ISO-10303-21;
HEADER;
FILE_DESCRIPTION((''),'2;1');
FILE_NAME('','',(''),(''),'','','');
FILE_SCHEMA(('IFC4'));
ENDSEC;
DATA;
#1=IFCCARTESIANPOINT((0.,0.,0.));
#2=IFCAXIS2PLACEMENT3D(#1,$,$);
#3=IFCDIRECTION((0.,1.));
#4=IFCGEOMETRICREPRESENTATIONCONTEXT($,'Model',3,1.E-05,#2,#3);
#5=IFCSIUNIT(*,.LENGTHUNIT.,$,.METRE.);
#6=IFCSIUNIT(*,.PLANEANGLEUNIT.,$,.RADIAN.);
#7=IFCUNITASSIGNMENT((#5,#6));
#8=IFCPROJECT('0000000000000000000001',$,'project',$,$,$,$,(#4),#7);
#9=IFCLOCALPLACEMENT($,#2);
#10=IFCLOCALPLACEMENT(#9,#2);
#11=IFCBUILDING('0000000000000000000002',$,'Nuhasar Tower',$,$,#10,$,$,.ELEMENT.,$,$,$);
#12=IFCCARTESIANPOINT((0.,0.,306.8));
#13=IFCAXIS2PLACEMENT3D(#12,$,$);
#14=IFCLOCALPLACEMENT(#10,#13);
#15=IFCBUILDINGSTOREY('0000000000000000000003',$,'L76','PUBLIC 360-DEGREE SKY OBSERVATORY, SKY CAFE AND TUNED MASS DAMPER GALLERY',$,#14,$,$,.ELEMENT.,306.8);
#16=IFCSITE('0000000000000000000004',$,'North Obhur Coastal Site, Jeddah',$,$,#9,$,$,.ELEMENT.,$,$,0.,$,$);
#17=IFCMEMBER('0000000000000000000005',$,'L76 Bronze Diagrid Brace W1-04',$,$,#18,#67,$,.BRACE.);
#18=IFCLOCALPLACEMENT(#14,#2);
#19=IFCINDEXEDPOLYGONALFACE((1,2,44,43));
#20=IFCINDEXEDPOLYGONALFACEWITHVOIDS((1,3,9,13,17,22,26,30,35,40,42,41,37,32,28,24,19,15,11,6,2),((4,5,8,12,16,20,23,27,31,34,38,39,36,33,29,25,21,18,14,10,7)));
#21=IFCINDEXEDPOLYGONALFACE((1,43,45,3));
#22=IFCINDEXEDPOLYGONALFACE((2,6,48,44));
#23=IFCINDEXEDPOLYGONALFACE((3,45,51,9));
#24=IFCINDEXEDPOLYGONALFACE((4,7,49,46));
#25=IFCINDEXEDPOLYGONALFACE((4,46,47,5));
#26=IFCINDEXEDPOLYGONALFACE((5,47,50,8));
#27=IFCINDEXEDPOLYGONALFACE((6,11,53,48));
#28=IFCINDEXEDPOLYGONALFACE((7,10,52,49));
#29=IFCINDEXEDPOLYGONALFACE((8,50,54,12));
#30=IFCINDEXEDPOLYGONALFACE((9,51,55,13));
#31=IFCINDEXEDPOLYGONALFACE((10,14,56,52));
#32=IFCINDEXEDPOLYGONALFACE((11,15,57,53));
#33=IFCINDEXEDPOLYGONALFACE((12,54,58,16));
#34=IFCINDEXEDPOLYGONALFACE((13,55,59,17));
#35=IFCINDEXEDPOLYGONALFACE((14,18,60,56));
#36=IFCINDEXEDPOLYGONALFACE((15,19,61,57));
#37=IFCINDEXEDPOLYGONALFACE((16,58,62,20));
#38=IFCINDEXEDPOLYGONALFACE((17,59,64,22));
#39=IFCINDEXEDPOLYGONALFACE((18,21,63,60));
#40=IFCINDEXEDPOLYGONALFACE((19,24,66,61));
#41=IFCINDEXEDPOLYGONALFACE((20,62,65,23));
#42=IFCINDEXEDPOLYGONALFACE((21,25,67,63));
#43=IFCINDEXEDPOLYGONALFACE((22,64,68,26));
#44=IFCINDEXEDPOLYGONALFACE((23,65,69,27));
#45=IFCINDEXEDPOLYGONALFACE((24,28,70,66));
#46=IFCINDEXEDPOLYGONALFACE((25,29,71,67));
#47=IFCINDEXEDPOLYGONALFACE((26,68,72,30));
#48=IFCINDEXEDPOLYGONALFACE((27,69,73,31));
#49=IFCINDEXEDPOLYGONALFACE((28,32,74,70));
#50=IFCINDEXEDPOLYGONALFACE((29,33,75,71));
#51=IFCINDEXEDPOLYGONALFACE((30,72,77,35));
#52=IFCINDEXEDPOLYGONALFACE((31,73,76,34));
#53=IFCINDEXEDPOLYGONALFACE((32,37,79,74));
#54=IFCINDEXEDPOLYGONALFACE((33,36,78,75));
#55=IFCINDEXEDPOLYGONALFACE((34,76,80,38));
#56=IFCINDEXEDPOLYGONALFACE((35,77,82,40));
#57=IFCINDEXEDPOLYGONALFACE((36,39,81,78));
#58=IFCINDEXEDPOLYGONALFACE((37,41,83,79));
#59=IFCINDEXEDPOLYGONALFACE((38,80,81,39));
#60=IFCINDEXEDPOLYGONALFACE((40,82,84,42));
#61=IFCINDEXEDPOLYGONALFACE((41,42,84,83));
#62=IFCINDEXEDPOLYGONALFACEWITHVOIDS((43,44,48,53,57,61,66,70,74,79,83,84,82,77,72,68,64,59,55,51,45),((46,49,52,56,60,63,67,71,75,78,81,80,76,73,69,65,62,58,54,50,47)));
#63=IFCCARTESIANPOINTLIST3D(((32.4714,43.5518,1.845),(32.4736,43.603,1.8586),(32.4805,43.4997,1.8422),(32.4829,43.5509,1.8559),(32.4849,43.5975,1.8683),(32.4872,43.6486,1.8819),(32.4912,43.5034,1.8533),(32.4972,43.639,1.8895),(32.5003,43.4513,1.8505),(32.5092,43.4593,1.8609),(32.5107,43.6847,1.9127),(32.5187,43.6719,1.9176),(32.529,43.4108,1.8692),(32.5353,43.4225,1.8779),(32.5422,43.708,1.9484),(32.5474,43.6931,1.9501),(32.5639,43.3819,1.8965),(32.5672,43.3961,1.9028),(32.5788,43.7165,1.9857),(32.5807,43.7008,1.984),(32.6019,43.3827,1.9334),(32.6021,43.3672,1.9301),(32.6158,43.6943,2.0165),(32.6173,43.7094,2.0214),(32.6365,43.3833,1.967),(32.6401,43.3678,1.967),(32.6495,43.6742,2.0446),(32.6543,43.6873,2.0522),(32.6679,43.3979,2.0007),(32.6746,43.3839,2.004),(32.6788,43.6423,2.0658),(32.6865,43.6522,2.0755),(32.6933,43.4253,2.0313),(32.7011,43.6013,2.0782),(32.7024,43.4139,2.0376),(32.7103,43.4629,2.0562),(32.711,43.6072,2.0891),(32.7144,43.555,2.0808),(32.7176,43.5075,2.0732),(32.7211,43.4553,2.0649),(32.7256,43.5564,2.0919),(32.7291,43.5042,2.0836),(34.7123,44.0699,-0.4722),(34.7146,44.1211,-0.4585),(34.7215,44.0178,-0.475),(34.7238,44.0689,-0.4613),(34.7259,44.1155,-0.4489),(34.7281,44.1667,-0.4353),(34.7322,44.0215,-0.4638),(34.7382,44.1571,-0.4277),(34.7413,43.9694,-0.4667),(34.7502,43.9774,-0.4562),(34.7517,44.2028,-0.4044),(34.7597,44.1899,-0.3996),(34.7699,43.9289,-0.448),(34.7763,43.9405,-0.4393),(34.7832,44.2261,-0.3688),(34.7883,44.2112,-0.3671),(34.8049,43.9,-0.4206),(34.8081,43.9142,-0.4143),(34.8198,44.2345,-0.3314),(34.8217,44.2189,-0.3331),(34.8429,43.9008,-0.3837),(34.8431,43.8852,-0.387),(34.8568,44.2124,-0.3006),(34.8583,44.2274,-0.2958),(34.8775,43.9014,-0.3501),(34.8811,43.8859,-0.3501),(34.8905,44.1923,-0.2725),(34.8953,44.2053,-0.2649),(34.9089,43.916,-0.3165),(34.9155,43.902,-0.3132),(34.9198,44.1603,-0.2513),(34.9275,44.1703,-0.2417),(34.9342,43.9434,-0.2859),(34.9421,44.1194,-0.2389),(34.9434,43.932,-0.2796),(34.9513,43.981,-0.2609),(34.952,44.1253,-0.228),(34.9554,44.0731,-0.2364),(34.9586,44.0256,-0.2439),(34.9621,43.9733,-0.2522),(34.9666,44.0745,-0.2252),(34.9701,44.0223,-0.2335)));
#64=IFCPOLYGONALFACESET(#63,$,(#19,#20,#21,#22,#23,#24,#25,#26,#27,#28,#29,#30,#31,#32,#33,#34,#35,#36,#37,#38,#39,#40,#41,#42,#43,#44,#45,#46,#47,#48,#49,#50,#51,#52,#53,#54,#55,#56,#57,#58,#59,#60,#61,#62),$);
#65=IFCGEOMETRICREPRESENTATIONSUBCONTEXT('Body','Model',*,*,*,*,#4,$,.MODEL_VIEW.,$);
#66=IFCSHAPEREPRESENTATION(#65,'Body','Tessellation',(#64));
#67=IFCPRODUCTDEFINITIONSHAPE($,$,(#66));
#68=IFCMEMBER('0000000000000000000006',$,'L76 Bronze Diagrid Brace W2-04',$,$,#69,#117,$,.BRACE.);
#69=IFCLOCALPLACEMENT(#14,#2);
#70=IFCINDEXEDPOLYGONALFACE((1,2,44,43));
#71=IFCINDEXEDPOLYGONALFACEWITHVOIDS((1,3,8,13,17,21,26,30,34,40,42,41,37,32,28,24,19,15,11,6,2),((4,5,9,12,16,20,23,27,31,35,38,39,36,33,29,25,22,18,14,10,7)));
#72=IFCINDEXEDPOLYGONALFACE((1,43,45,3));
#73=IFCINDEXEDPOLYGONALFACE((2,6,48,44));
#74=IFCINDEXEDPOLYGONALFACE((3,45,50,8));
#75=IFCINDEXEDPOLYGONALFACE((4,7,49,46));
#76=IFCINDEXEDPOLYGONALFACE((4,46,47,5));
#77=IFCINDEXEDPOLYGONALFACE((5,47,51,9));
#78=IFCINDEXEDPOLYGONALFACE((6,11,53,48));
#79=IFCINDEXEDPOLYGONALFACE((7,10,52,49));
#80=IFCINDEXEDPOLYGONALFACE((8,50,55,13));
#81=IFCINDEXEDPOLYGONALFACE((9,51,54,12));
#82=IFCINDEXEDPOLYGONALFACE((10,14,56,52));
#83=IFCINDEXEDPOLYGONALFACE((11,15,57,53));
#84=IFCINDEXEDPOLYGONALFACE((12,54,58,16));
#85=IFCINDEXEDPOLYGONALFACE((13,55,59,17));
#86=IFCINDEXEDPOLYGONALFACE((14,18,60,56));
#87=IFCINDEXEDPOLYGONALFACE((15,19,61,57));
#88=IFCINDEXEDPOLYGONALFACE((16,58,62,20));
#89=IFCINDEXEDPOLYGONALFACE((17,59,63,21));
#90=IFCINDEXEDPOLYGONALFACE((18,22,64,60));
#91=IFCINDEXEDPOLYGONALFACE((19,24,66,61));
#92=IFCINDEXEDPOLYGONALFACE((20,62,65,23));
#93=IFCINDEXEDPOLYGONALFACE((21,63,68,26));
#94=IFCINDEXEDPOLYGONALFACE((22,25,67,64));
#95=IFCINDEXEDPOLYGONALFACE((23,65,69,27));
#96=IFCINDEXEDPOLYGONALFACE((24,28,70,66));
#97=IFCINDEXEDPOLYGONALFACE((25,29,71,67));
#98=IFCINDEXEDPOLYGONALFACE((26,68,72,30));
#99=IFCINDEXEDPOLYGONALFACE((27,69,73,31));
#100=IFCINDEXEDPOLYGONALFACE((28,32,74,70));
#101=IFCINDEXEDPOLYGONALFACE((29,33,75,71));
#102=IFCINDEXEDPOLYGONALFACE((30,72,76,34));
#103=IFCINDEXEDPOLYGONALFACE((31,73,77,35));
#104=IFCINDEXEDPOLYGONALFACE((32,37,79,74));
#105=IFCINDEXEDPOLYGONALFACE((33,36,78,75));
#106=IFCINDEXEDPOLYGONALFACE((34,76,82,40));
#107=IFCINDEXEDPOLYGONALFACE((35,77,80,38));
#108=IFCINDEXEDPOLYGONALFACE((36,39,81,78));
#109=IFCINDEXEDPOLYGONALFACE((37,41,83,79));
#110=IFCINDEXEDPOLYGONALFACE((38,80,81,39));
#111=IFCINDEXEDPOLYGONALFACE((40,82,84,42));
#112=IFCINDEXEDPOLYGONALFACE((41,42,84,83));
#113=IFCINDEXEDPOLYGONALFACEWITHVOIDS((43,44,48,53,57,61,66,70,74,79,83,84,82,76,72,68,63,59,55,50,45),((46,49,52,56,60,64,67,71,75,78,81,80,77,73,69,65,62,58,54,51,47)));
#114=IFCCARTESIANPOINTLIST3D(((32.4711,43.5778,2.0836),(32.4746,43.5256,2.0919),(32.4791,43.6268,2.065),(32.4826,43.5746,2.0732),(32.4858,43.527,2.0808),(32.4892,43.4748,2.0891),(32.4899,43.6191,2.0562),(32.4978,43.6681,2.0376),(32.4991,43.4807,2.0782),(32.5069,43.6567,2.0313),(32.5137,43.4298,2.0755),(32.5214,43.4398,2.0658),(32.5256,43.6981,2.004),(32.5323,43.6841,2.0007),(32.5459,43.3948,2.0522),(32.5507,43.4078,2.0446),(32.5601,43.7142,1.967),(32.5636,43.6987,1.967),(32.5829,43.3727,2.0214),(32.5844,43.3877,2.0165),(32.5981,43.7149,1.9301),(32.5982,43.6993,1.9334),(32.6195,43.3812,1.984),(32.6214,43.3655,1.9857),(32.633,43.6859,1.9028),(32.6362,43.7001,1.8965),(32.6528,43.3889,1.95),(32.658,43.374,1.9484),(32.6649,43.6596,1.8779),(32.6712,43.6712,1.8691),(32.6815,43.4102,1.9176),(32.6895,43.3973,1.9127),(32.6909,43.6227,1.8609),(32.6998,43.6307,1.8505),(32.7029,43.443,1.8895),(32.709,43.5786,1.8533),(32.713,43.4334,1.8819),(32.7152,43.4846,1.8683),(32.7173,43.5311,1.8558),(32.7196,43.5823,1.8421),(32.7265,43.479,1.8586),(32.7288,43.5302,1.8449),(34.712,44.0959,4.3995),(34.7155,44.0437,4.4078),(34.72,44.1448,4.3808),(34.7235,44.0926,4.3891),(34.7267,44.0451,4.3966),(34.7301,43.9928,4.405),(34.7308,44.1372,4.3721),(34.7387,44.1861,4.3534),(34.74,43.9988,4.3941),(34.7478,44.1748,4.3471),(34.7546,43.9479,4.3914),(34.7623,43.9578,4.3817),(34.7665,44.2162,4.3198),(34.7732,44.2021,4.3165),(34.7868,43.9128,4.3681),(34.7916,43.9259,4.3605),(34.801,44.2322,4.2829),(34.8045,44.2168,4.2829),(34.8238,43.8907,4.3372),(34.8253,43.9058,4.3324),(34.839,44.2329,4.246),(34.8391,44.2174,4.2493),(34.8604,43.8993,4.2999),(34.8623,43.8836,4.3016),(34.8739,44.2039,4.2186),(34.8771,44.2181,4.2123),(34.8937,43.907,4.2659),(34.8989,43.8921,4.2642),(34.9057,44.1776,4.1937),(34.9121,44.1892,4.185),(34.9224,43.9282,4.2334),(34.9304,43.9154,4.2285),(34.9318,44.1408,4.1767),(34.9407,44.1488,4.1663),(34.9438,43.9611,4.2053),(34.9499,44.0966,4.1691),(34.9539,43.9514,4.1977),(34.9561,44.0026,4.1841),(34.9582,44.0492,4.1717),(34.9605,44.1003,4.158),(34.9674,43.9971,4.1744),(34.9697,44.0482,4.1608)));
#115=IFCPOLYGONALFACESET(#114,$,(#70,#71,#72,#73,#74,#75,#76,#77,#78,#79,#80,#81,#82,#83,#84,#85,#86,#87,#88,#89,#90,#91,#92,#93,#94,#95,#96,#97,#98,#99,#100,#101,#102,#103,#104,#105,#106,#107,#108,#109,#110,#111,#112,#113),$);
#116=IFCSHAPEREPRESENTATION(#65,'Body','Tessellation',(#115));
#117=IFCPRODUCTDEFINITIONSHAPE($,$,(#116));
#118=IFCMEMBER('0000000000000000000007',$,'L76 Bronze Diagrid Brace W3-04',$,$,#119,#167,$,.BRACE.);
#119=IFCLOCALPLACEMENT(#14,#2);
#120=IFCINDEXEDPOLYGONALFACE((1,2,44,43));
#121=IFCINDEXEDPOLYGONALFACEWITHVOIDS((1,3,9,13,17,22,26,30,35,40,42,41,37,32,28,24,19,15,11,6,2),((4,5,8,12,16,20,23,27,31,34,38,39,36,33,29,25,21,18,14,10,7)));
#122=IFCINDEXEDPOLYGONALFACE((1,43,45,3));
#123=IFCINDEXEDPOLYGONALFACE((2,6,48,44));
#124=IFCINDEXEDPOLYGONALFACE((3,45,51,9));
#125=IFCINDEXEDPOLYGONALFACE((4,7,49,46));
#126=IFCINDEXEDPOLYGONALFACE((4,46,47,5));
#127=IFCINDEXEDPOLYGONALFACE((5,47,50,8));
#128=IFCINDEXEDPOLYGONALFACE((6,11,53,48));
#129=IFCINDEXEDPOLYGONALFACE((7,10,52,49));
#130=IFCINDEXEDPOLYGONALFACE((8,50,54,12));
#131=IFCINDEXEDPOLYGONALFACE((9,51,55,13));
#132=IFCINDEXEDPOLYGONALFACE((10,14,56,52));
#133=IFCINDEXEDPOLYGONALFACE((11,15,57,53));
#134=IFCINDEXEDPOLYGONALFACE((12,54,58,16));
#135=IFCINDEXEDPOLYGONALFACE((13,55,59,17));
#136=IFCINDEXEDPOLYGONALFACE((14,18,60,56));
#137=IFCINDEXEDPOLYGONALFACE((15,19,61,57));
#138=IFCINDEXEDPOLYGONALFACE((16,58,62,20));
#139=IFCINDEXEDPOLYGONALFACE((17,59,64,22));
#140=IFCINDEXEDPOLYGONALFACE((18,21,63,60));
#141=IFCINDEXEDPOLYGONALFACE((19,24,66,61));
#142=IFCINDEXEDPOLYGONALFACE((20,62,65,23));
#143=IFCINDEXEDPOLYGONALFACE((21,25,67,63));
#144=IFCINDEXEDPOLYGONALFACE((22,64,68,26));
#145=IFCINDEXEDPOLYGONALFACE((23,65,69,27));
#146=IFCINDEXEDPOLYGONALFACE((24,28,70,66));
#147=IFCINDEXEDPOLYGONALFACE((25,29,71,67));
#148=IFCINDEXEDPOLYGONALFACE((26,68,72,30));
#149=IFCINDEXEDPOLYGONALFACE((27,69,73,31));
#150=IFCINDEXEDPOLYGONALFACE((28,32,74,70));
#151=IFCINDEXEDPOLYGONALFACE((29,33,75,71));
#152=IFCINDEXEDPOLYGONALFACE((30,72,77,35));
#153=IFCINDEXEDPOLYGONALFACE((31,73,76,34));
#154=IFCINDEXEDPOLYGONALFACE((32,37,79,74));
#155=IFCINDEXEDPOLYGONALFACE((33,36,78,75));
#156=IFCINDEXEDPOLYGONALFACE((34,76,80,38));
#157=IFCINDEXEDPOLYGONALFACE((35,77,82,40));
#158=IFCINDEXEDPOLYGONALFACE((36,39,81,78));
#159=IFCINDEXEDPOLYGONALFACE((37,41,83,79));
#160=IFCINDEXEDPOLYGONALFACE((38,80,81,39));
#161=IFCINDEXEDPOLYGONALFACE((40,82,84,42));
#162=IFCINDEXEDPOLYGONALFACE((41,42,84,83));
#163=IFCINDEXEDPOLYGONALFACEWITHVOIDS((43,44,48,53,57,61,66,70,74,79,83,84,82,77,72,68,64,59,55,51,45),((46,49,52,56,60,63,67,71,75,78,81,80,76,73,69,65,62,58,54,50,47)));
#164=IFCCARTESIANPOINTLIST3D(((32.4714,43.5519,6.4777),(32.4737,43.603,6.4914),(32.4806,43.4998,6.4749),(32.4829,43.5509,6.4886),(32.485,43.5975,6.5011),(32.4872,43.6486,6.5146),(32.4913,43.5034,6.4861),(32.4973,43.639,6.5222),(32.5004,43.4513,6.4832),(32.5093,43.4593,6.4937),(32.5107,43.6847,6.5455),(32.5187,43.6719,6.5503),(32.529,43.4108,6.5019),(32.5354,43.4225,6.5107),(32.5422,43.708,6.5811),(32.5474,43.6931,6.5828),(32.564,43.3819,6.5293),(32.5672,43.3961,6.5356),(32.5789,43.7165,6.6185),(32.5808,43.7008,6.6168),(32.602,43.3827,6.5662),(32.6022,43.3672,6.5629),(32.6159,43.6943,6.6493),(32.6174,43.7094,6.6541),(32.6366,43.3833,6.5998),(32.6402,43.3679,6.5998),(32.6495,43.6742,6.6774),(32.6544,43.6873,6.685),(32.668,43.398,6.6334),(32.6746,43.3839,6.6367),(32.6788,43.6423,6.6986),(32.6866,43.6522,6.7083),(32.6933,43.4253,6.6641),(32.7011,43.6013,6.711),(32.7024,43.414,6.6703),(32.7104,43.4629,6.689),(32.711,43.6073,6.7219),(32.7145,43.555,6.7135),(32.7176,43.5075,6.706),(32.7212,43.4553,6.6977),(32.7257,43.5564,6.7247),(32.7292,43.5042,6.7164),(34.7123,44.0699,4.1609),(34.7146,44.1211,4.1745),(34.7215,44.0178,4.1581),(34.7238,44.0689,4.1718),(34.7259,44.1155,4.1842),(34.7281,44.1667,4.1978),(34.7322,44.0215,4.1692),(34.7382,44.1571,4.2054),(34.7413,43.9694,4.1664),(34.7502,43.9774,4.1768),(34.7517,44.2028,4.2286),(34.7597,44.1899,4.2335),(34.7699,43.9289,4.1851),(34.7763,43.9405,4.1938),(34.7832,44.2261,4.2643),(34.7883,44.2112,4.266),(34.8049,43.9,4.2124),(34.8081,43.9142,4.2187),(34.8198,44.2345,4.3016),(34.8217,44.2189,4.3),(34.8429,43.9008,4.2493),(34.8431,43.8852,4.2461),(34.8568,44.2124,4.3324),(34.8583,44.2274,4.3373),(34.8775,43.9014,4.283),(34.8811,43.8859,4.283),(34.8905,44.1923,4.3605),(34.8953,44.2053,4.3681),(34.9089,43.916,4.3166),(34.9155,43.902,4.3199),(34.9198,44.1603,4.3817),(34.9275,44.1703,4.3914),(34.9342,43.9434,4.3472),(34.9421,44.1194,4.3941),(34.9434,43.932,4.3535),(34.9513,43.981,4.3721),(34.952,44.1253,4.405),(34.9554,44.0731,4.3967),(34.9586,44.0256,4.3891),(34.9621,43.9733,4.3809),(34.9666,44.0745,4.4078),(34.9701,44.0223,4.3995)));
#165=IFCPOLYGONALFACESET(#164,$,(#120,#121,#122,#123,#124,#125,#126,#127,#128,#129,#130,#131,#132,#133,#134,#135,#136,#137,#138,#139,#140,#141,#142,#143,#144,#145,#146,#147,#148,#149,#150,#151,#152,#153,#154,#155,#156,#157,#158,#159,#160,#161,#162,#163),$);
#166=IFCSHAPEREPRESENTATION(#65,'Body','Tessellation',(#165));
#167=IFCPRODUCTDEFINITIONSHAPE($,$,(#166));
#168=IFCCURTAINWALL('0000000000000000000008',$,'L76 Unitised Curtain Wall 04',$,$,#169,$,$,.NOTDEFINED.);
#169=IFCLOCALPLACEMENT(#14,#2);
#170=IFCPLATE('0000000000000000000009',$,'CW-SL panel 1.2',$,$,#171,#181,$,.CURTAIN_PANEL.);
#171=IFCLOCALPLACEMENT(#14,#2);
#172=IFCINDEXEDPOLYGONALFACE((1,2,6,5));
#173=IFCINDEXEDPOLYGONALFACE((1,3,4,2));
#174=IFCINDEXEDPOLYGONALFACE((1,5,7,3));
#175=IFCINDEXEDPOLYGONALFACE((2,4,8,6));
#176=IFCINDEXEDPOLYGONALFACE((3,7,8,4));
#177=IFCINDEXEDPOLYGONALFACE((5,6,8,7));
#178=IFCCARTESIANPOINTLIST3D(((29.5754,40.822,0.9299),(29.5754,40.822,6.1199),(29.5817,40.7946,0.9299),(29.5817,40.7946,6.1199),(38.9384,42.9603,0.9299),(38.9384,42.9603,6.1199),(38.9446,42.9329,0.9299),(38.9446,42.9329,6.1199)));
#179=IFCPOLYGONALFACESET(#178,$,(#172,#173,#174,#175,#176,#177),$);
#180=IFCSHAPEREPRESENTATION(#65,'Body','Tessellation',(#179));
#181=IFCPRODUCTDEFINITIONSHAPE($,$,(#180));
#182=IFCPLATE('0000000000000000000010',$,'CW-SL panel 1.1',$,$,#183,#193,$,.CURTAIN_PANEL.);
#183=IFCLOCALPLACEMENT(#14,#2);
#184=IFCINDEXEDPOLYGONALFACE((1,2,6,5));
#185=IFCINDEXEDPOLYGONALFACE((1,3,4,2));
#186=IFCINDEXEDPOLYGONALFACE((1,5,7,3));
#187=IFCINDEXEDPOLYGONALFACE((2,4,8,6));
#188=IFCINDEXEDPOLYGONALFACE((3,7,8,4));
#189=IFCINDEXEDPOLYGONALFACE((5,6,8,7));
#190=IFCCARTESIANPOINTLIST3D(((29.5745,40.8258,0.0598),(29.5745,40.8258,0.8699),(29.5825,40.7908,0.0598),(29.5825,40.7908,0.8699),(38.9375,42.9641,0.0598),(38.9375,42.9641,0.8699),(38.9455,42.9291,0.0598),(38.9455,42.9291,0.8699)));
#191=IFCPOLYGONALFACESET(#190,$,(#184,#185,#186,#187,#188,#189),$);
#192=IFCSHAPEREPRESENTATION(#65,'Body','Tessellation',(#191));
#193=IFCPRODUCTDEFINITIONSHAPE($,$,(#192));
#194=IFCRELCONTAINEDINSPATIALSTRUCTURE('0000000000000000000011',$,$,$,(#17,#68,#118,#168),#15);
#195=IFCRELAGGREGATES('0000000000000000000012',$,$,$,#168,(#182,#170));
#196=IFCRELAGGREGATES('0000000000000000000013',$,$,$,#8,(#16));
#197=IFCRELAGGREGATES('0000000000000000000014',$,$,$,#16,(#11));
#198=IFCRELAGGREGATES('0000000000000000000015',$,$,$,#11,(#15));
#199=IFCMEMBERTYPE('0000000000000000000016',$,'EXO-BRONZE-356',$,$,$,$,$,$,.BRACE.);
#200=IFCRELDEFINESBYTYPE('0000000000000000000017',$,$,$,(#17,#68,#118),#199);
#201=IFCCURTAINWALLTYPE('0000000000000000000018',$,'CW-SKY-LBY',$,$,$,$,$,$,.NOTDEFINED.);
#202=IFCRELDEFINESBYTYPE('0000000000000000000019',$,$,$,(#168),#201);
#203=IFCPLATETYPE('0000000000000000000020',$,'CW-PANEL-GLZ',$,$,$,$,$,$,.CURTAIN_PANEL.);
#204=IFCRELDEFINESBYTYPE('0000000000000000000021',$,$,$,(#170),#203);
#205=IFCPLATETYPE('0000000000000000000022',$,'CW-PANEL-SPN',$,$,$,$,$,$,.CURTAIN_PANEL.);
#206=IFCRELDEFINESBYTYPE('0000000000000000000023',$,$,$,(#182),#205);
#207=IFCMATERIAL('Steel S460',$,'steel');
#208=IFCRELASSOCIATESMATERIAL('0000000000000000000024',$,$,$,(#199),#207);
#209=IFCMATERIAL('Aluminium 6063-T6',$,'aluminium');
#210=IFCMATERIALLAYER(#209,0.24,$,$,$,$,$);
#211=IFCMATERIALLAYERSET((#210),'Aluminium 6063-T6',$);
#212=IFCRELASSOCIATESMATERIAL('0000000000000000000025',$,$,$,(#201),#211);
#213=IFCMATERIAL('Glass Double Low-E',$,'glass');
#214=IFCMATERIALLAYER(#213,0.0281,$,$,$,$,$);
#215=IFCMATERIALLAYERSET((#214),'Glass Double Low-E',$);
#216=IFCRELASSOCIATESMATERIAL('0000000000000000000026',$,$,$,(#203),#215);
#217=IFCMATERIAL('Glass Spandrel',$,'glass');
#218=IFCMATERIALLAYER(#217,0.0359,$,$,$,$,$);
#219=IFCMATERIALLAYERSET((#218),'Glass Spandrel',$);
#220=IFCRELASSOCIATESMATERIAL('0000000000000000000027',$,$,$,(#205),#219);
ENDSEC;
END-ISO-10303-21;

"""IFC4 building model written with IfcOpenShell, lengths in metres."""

from ifc_helpers import new_model, si_unit, direction, frame, origin, origin_2d, place, context, subcontext, project, spatial, rectangle, hollow_circle, extrude, material, layer, layer_set, material_profile, profile_set, type_object, element, aggregate, save


model = new_model("IFC4")

# Units and contexts
model_context = context("Model", 3, precision=1e-05, world=origin(), true_north=direction((0.0, 1.0)))
body_context = subcontext(model_context, "Body", "Model", "MODEL_VIEW")
ifc_project = project(units=[si_unit("LENGTHUNIT", "METRE"), si_unit("PLANEANGLEUNIT", "RADIAN")], contexts=[model_context])

# Site, building, storey
site_placement = place(None, origin())
site = spatial("IfcSite", under=ifc_project, at=site_placement, Name="North Obhur Coastal Site, Jeddah", CompositionType="ELEMENT", RefElevation=0.0)
building_placement = place(site_placement, origin())
building = spatial("IfcBuilding", under=site, at=building_placement, Name="Nuhasar Tower", CompositionType="ELEMENT")
storey_placement = place(building_placement, frame((0.0, 0.0, 306.8)))
storey = spatial("IfcBuildingStorey", under=building, at=storey_placement, Name="L76", Description="PUBLIC 360-DEGREE SKY OBSERVATORY, SKY CAFE AND TUNED MASS DAMPER GALLERY", CompositionType="ELEMENT", Elevation=306.8)

# Shared definitions
ifc_material_1 = material(Name="Steel S460", Category="steel")

# Members
ifc_material_profile_1 = material_profile(ifc_material_1, hollow_circle(Radius=0.1777, WallThickness=0.0159, at=origin_2d()), Name="HSS355.6X15.9")
ifc_profile_set_1 = profile_set([ifc_material_profile_1], Name="Steel S460")
member_type = type_object("IfcMemberType", Name="EXO-BRONZE-356", PredefinedType="BRACE", material=ifc_profile_set_1)
member_1_placement = place(storey_placement, frame((34.8411, 44.0591, -0.3501), z_axis=(-0.686385, -0.158678, 0.709716), x_axis=(0.225239, -0.974303, 0.0)))
element("IfcMember", 1, at=member_1_placement, inside=storey, type_object=member_type, Name="L76 Bronze Diagrid Brace W1-04", PredefinedType="BRACE", context=body_context, shape_type="SweptSolid", body=[
    extrude(hollow_circle(Radius=0.1777, WallThickness=0.0159, at=origin_2d()), origin(), (0.0, 0.0, 1.0), 3.2649),
])
member_2_placement = place(storey_placement, frame((32.6001, 43.541, 1.967), z_axis=(0.686567, 0.158721, 0.70953), x_axis=(-0.225239, 0.974303, 0.0)))
element("IfcMember", 2, at=member_2_placement, inside=storey, type_object=member_type, Name="L76 Bronze Diagrid Brace W2-04", PredefinedType="BRACE", context=body_context, shape_type="SweptSolid", body=[
    extrude(hollow_circle(Radius=0.1777, WallThickness=0.0159, at=origin_2d()), origin(), (0.0, 0.0, 1.0), 3.2639),
])
member_3_placement = place(storey_placement, frame((34.8411, 44.0591, 4.283), z_axis=(-0.686422, -0.158687, 0.709679), x_axis=(0.225239, -0.974303, 0.0)))
element("IfcMember", 3, at=member_3_placement, inside=storey, type_object=member_type, Name="L76 Bronze Diagrid Brace W3-04", PredefinedType="BRACE", context=body_context, shape_type="SweptSolid", body=[
    extrude(hollow_circle(Radius=0.1777, WallThickness=0.0159, at=origin_2d()), origin(), (0.0, 0.0, 1.0), 3.2646),
])

# Curtain wall, plates
ifc_material_2 = material(Name="Aluminium 6063-T6", Category="aluminium")
ifc_layer_1 = layer(ifc_material_2, 0.24)
ifc_layer_set_1 = layer_set([ifc_layer_1], Name="Aluminium 6063-T6")
curtain_wall_type = type_object("IfcCurtainWallType", Name="CW-SKY-LBY", PredefinedType="NOTDEFINED", material=ifc_layer_set_1)
curtain_wall_placement = place(storey_placement, origin())
curtain_wall = element("IfcCurtainWall", 4, at=curtain_wall_placement, inside=storey, type_object=curtain_wall_type, Name="L76 Unitised Curtain Wall 04", PredefinedType="NOTDEFINED")
ifc_material_3 = material(Name="Glass Double Low-E", Category="glass")
ifc_layer_2 = layer(ifc_material_3, 0.0281)
ifc_layer_set_2 = layer_set([ifc_layer_2], Name="Glass Double Low-E")
plate_type_1 = type_object("IfcPlateType", Name="CW-PANEL-GLZ", PredefinedType="CURTAIN_PANEL", material=ifc_layer_set_2)
plate_1_placement = place(storey_placement, frame((34.26, 41.8774, 0.9299), z_axis=(0.0, 0.0, 1.0), x_axis=(-0.9749, -0.222643, 0.0)))
plate_1 = element("IfcPlate", 5, at=plate_1_placement, type_object=plate_type_1, Name="CW-SL panel 1.2", PredefinedType="CURTAIN_PANEL", context=body_context, shape_type="SweptSolid", body=[
    extrude(rectangle(XDim=9.604, YDim=0.0281, at=origin_2d()), origin(), (0.0, 0.0, 1.0), 5.1899),
])
ifc_material_4 = material(Name="Glass Spandrel", Category="glass")
ifc_layer_3 = layer(ifc_material_4, 0.0359)
ifc_layer_set_3 = layer_set([ifc_layer_3], Name="Glass Spandrel")
plate_type_2 = type_object("IfcPlateType", Name="CW-PANEL-SPN", PredefinedType="CURTAIN_PANEL", material=ifc_layer_set_3)
plate_2_placement = place(storey_placement, frame((34.26, 41.8774, 0.0598), z_axis=(0.0, 0.0, 1.0), x_axis=(-0.9749, -0.222643, 0.0)))
plate_2 = element("IfcPlate", 6, at=plate_2_placement, type_object=plate_type_2, Name="CW-SL panel 1.1", PredefinedType="CURTAIN_PANEL", context=body_context, shape_type="SweptSolid", body=[
    extrude(rectangle(XDim=9.604, YDim=0.0359, at=origin_2d()), origin(), (0.0, 0.0, 1.0), 0.8101),
])
aggregate(curtain_wall, [plate_2, plate_1])

save(model, "model.ifc")
